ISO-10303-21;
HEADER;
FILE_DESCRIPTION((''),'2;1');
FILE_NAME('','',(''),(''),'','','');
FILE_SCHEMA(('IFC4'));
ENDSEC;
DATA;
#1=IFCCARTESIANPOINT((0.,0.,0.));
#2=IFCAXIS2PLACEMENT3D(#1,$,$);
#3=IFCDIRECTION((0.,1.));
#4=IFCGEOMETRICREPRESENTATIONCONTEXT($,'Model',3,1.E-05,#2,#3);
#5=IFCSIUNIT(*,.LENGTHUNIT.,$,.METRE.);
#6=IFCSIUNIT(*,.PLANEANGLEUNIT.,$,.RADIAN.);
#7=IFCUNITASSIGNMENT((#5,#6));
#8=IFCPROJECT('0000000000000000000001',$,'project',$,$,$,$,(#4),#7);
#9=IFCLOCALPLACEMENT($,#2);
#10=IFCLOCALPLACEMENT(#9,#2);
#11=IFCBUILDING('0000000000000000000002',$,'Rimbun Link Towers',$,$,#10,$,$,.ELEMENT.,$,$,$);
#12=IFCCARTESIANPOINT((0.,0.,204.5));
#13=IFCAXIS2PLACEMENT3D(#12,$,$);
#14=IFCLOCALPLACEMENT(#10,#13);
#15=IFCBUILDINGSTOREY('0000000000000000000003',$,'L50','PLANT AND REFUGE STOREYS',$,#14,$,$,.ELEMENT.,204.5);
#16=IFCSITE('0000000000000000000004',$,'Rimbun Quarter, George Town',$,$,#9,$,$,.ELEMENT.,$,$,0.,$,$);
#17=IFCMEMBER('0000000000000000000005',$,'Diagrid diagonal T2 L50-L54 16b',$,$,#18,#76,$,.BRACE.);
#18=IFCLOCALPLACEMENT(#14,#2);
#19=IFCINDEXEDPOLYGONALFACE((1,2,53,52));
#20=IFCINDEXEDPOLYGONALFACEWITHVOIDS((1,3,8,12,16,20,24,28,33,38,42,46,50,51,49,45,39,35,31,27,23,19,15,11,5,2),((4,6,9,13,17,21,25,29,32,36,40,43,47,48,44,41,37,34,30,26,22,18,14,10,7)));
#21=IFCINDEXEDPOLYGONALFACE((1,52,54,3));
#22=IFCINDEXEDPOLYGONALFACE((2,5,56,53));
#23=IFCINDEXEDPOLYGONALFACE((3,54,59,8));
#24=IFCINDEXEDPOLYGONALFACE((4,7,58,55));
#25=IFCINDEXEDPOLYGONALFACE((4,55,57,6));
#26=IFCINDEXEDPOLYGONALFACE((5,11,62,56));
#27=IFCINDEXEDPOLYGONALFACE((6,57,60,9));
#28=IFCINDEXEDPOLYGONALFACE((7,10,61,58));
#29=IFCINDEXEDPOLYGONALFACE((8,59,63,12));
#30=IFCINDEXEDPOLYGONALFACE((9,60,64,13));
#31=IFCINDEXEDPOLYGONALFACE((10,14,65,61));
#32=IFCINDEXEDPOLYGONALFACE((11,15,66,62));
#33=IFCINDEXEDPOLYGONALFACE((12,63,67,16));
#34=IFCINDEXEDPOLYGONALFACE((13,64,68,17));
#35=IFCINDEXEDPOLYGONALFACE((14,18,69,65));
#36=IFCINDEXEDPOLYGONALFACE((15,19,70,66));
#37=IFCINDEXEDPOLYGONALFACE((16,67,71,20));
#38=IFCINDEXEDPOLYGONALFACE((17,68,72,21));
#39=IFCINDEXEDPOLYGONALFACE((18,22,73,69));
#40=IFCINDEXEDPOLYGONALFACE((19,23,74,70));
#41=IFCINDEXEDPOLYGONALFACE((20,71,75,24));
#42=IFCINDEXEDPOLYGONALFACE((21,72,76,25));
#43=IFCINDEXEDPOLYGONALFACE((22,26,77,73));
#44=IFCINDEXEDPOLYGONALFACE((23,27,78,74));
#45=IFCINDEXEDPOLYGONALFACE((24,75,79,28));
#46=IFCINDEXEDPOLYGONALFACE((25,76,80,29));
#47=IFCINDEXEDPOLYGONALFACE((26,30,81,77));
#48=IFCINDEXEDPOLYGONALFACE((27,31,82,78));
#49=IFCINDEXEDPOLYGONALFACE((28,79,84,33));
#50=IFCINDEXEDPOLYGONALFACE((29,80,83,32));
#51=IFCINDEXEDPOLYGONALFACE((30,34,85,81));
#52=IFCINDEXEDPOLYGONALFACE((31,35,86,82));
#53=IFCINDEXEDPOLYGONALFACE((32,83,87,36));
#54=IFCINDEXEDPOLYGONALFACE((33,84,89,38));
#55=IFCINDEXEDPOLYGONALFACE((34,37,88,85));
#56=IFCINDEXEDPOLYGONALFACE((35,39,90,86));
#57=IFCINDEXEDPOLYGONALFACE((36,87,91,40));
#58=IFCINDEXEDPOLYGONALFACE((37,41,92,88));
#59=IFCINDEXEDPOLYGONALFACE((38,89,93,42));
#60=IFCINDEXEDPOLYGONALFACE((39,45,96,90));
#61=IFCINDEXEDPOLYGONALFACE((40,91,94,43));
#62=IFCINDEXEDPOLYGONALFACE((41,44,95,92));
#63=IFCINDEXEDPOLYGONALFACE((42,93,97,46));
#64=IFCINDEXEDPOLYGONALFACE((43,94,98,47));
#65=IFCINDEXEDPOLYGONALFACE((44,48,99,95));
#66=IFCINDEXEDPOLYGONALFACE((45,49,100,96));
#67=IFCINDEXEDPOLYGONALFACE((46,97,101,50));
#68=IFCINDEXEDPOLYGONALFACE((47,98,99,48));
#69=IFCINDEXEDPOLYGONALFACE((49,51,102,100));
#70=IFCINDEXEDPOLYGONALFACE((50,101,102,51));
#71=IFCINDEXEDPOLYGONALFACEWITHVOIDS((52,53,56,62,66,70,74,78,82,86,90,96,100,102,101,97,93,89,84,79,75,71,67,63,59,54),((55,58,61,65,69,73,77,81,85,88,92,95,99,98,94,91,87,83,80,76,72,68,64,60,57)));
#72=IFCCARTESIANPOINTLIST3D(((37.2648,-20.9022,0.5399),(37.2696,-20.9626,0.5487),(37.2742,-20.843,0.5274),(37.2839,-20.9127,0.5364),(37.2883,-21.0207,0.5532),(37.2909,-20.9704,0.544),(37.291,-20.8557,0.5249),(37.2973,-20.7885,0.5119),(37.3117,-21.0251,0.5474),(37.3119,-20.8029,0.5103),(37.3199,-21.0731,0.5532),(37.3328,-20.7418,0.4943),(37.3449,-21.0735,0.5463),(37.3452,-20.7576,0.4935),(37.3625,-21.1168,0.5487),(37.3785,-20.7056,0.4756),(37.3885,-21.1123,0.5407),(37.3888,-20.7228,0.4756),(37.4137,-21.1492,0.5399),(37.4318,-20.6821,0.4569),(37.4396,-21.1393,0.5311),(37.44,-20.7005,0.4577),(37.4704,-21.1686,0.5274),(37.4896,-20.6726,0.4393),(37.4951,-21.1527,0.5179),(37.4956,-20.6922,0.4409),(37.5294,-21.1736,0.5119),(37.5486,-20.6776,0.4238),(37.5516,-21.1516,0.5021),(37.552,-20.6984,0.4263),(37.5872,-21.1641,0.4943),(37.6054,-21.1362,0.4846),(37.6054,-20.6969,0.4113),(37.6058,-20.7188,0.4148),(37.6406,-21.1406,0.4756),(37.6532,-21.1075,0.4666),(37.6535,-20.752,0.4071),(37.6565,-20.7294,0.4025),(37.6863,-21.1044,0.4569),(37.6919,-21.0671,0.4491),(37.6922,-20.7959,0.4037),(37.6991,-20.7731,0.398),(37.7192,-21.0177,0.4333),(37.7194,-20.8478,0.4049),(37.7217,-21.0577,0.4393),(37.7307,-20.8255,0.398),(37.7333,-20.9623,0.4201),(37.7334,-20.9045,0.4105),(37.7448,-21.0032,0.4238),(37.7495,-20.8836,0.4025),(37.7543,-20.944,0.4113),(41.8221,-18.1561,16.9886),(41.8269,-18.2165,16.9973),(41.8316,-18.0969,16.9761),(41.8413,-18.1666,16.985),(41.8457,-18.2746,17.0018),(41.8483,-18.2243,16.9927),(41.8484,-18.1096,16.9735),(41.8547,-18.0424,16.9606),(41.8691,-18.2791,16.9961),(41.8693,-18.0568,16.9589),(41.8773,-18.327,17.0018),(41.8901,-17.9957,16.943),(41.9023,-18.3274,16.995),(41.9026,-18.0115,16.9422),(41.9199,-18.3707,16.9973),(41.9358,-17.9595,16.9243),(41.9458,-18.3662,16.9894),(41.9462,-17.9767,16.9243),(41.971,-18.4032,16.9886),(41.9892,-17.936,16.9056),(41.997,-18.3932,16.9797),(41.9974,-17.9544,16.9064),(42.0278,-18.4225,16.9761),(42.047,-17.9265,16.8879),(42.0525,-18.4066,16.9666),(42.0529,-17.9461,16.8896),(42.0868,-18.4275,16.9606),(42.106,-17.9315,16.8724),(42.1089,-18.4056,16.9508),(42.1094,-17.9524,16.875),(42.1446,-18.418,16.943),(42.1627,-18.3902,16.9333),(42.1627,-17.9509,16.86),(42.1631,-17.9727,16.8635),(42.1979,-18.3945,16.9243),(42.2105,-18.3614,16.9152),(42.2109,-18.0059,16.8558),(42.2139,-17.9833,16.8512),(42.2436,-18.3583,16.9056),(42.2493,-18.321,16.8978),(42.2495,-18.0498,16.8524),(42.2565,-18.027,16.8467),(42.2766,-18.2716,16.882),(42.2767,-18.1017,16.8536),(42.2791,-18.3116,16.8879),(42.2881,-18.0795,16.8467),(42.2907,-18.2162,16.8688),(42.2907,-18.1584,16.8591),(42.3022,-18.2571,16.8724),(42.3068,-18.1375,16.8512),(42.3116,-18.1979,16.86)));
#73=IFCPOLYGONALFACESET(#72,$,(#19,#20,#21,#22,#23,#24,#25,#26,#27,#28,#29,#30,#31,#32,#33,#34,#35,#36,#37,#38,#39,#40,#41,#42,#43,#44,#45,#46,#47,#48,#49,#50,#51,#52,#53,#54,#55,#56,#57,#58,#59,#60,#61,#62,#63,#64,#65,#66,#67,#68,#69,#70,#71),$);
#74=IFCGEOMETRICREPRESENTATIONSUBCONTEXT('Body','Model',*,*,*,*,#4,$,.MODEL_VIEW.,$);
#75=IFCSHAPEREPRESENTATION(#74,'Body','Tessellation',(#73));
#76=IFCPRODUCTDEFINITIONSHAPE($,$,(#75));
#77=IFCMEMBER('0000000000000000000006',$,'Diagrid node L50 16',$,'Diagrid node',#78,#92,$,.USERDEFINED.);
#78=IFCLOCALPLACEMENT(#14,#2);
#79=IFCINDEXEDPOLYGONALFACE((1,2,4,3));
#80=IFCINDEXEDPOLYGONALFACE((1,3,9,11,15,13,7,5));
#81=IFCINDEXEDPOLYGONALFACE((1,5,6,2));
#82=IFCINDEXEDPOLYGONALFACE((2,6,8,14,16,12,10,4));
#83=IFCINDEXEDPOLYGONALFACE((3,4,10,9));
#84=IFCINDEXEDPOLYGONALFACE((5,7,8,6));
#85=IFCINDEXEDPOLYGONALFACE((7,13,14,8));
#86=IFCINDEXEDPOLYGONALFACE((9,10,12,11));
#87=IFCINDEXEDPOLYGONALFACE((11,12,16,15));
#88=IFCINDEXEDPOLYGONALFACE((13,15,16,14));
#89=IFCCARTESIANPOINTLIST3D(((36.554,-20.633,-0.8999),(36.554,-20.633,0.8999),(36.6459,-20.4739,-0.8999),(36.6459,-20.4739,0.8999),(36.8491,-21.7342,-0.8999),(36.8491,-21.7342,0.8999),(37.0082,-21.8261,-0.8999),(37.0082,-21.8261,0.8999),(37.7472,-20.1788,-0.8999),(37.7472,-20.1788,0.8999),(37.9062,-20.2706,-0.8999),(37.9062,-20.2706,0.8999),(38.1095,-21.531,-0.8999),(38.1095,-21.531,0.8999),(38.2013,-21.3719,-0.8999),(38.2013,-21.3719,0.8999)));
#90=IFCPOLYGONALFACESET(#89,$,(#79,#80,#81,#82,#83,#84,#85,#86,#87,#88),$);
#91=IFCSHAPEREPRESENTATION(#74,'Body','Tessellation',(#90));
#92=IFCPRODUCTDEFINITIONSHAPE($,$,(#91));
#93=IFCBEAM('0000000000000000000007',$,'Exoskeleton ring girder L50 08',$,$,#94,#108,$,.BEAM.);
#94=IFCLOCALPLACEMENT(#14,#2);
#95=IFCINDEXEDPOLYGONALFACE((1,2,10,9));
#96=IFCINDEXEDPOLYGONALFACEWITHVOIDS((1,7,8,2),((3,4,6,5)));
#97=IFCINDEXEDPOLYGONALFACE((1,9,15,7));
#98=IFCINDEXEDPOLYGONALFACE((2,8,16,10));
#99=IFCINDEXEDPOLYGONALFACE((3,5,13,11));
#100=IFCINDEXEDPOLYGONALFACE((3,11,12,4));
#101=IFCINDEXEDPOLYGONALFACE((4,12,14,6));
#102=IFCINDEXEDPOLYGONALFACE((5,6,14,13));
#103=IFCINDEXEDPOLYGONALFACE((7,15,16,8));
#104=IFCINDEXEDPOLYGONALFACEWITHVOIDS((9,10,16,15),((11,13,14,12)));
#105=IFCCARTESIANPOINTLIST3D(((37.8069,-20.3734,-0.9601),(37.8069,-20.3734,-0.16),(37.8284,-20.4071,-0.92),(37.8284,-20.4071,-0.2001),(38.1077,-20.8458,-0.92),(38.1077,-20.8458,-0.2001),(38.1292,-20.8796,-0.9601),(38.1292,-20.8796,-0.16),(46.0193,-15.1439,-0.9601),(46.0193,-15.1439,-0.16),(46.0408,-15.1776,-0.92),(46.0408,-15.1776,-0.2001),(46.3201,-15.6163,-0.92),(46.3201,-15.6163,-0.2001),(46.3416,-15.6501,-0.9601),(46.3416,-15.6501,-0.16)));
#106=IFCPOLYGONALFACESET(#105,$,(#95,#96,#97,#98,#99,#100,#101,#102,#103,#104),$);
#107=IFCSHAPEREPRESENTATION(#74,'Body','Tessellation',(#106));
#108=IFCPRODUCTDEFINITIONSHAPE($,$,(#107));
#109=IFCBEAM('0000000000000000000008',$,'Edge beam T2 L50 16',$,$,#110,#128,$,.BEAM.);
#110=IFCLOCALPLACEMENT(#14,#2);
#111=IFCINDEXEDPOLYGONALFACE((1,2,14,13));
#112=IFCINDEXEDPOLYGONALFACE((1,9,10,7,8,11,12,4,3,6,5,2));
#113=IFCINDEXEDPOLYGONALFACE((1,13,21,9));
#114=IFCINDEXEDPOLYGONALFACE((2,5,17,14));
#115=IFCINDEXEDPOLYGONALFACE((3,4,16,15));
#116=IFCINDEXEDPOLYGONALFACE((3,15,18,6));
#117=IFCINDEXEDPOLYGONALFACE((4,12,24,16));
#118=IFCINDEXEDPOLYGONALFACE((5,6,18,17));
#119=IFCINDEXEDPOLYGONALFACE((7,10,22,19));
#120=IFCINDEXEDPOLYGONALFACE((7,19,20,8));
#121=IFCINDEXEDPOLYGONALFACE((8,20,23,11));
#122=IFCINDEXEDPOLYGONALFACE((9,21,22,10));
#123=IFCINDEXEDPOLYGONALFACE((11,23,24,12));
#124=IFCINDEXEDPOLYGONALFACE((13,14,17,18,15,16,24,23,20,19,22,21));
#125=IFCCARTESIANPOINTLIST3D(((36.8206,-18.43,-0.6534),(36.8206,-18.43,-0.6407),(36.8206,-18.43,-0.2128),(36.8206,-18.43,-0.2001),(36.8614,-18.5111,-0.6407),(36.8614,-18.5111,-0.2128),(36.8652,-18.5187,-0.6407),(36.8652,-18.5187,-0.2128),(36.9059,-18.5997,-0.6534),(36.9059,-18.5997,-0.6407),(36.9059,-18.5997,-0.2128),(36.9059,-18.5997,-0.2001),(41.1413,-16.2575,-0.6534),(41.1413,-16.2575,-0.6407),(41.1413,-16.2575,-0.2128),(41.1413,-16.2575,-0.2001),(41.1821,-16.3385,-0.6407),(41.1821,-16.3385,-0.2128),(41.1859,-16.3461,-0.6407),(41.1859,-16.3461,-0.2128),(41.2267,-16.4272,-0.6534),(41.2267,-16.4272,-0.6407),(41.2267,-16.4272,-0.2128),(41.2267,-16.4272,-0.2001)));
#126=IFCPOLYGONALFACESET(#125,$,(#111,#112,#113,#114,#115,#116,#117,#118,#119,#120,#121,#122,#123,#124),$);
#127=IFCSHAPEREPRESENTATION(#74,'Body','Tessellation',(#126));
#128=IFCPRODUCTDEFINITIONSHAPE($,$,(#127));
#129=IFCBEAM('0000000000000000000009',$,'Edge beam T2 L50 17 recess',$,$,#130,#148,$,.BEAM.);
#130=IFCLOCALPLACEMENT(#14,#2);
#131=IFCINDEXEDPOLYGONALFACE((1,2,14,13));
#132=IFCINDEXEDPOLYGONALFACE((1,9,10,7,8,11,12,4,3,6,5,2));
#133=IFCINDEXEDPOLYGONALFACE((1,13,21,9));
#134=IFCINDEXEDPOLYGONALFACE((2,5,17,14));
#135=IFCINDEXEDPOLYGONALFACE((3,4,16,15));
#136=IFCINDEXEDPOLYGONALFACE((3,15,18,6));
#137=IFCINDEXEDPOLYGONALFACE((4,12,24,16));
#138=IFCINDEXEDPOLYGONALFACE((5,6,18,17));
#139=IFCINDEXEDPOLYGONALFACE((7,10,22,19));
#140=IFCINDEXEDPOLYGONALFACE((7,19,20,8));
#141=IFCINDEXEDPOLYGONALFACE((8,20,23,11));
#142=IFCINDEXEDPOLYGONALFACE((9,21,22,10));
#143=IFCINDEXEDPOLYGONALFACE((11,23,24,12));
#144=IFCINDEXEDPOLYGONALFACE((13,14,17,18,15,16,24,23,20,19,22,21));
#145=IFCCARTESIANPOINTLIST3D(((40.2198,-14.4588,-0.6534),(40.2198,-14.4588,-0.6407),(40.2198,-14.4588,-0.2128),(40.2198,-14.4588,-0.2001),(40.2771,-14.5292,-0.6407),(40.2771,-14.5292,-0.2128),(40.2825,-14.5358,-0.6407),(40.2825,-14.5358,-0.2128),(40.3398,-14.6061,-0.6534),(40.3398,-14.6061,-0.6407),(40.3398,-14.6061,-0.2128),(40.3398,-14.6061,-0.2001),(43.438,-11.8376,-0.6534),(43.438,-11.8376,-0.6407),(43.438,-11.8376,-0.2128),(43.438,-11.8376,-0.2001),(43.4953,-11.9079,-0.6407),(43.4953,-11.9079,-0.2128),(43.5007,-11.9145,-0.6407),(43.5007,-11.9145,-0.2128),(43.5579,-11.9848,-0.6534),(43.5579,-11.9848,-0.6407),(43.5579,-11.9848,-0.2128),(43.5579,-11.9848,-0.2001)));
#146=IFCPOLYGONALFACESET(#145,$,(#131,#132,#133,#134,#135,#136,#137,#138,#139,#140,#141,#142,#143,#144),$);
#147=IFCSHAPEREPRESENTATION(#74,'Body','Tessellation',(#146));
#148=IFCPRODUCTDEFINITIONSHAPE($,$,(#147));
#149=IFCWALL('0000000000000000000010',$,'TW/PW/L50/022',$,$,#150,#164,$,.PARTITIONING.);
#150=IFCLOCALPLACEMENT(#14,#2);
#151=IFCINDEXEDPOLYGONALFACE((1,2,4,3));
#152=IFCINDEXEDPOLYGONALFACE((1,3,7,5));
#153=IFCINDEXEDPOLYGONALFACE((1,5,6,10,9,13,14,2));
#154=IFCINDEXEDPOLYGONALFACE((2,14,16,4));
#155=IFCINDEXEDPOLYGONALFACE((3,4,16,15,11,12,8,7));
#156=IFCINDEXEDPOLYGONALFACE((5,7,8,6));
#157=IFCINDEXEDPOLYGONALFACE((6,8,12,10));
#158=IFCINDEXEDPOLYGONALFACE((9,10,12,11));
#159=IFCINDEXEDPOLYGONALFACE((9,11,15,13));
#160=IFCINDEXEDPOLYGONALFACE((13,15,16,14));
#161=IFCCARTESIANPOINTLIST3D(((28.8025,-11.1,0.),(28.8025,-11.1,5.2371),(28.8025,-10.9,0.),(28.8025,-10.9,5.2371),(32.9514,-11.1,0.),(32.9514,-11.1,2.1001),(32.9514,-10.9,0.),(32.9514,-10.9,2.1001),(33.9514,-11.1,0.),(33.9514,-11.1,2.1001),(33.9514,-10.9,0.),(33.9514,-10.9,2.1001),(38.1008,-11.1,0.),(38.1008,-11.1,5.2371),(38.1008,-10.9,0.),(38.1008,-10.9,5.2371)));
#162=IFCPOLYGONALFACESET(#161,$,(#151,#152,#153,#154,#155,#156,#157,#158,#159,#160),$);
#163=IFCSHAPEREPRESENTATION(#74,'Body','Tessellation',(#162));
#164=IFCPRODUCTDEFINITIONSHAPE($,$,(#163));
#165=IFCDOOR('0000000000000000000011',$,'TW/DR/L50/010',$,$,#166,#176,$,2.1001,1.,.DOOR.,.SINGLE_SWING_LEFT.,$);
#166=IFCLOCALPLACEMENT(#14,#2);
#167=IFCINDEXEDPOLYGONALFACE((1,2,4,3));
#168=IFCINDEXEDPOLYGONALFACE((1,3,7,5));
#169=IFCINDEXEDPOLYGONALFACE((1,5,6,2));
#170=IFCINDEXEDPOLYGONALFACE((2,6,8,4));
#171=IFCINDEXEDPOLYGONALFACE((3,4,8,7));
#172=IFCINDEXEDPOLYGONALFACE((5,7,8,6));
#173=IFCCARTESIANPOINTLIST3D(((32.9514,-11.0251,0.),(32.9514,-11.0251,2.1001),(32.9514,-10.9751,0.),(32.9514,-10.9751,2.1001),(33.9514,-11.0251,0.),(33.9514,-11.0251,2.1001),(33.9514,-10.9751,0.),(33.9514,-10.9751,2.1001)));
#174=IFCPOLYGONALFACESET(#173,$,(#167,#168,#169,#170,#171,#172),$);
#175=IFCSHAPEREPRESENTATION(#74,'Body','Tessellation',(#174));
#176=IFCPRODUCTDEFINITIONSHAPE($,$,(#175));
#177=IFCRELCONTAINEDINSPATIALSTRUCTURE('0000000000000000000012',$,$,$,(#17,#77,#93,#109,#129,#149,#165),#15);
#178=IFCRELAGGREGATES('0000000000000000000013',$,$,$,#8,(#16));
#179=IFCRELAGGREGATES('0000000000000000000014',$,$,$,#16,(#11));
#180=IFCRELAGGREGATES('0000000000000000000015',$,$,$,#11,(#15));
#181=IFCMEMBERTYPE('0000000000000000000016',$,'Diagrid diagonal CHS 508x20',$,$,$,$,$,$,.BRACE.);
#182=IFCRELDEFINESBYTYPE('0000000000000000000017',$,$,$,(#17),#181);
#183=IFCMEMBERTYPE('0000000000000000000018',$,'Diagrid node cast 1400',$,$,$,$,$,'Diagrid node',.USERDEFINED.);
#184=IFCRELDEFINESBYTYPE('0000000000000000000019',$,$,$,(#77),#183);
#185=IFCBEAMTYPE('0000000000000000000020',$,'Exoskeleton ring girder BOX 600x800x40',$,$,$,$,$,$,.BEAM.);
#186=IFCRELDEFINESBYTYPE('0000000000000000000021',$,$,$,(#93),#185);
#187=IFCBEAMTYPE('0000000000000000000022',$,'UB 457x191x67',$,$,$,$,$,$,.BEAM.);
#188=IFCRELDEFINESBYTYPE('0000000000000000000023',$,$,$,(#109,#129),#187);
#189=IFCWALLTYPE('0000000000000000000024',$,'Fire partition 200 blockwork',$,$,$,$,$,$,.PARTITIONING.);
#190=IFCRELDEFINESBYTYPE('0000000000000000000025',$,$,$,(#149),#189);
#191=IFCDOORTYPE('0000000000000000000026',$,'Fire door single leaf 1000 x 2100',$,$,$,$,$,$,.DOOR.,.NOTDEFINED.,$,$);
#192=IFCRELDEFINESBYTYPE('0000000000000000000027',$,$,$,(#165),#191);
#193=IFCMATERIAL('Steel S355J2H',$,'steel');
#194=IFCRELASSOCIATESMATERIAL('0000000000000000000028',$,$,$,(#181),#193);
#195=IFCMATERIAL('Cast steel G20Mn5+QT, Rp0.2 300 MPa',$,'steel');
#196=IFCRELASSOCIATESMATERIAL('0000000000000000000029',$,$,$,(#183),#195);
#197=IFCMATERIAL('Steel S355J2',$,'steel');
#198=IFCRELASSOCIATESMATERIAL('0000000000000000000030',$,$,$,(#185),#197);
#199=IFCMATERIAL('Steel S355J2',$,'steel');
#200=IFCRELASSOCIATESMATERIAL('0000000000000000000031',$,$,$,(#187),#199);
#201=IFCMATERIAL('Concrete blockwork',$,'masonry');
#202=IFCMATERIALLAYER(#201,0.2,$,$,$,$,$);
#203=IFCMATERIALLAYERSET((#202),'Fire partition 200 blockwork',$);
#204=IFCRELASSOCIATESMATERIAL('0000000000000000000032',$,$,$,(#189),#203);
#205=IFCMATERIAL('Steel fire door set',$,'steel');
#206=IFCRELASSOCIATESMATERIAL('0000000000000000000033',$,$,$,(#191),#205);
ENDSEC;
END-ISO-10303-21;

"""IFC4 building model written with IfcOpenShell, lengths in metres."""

from ifc_helpers import new_model, si_unit, direction, frame, frame_2d, origin, origin_2d, place, context, subcontext, project, spatial, polyline, rectangle, hollow_rectangle, hollow_circle, i_section, outline, extrude, material, layer, layer_set, material_profile, profile_set, type_object, element, fill, save


model = new_model("IFC4")

# Units and contexts
model_context = context("Model", 3, precision=1e-05, world=origin(), true_north=direction((0.0, 1.0)))
body_context = subcontext(model_context, "Body", "Model", "MODEL_VIEW")
ifc_project = project(units=[si_unit("LENGTHUNIT", "METRE"), si_unit("PLANEANGLEUNIT", "RADIAN")], contexts=[model_context])

# Site, building, storey
site_placement = place(None, origin())
site = spatial("IfcSite", under=ifc_project, at=site_placement, Name="Rimbun Quarter, George Town", CompositionType="ELEMENT", RefElevation=0.0)
building_placement = place(site_placement, origin())
building = spatial("IfcBuilding", under=site, at=building_placement, Name="Rimbun Link Towers", CompositionType="ELEMENT")
storey_placement = place(building_placement, frame((0.0, 0.0, 204.5)))
storey = spatial("IfcBuildingStorey", under=building, at=storey_placement, Name="L50", Description="PLANT AND REFUGE STOREYS", CompositionType="ELEMENT", Elevation=204.5)

# Members
ifc_material_1 = material(Name="Steel S355J2H", Category="steel")
ifc_material_profile_1 = material_profile(ifc_material_1, hollow_circle(Radius=0.2539, WallThickness=0.02, at=origin_2d()), Name="Diagrid diagonal CHS 508x20")
ifc_profile_set_1 = profile_set([ifc_material_profile_1], Name="Steel S355J2H")
member_type_1 = type_object("IfcMemberType", Name="Diagrid diagonal CHS 508x20", PredefinedType="BRACE", material=ifc_profile_set_1)
member_1_placement = place(storey_placement, frame((37.5095, -20.9231, 0.4756), z_axis=(0.263616, 0.158845, 0.951459), x_axis=(-0.516108, 0.856524, 0.0)))
element("IfcMember", 1, at=member_1_placement, inside=storey, type_object=member_type_1, Name="Diagrid diagonal T2 L50-L54 16b", PredefinedType="BRACE", context=body_context, shape_type="SweptSolid", body=[
    extrude(hollow_circle(Radius=0.2539, WallThickness=0.02, at=origin_2d()), origin(), (0.0, 0.0, 1.0), 17.2878),
])
ifc_material_2 = material(Name="Cast steel G20Mn5+QT, Rp0.2 300 MPa", Category="steel")
ifc_material_profile_2 = material_profile(ifc_material_2, outline(polyline([(0.7, -0.5701), (0.7, 0.5701), (0.5701, 0.7), (-0.5701, 0.7), (-0.7, 0.5701), (-0.7, -0.5701), (-0.5701, -0.7), (0.5701, -0.7), (0.7, -0.5701)])), Name="NODE 1400x1400")
ifc_profile_set_2 = profile_set([ifc_material_profile_2], Name="Cast steel G20Mn5+QT, Rp0.2 300 MPa")
member_type_2 = type_object("IfcMemberType", Name="Diagrid node cast 1400", ElementType="Diagrid node", PredefinedType="USERDEFINED", material=ifc_profile_set_2)
member_2_placement = place(storey_placement, frame((37.3777, -21.0024, -0.8999), z_axis=(0.0, 0.0, 1.0), x_axis=(0.258819, -0.965926, 0.0)))
element("IfcMember", 2, at=member_2_placement, inside=storey, type_object=member_type_2, Name="Diagrid node L50 16", ObjectType="Diagrid node", PredefinedType="USERDEFINED", context=body_context, shape_type="SweptSolid", body=[
    extrude(outline(polyline([(0.7, -0.5701), (0.7, 0.5701), (0.5701, 0.7), (-0.5701, 0.7), (-0.7, 0.5701), (-0.7, -0.5701), (-0.5701, -0.7), (0.5701, -0.7), (0.7, -0.5701)])), origin(), (0.0, 0.0, 1.0), 1.7998),
])

# Beams
ifc_material_3 = material(Name="Steel S355J2", Category="steel")
ifc_material_profile_3 = material_profile(ifc_material_3, hollow_rectangle(XDim=0.6001, YDim=0.8, WallThickness=0.04, at=origin_2d()), Name="Exoskeleton ring girder BOX 600x800x40")
ifc_profile_set_3 = profile_set([ifc_material_profile_3], Name="Steel S355J2")
beam_type_1 = type_object("IfcBeamType", Name="Exoskeleton ring girder BOX 600x800x40", PredefinedType="BEAM", material=ifc_profile_set_3)
beam_1_placement = place(storey_placement, frame((37.968, -20.6265, -0.5601), z_axis=(0.843502, 0.537125, 0.0), x_axis=(-0.537125, 0.843502, 0.0)))
element("IfcBeam", 3, at=beam_1_placement, inside=storey, type_object=beam_type_1, Name="Exoskeleton ring girder L50 08", PredefinedType="BEAM", context=body_context, shape_type="SweptSolid", body=[
    extrude(hollow_rectangle(XDim=0.6001, YDim=0.8, WallThickness=0.04, at=origin_2d()), origin(), (0.0, 0.0, 1.0), 9.7361),
])
ifc_material_4 = material(Name="Steel S355J2", Category="steel")
ifc_material_profile_4 = material_profile(ifc_material_4, i_section(OverallWidth=0.1899, OverallDepth=0.4534, WebThickness=0.0085, FlangeThickness=0.0127, at=origin_2d()), Name="UB 457x191x67")
ifc_profile_set_4 = profile_set([ifc_material_profile_4], Name="Steel S355J2")
beam_type_2 = type_object("IfcBeamType", Name="UB 457x191x67", PredefinedType="BEAM", material=ifc_profile_set_4)
beam_2_placement = place(storey_placement, frame((36.8633, -18.5149, -0.4268), z_axis=(0.893415, 0.449232, 0.0), x_axis=(-0.449232, 0.893415, 0.0)))
element("IfcBeam", 4, at=beam_2_placement, inside=storey, type_object=beam_type_2, Name="Edge beam T2 L50 16", PredefinedType="BEAM", context=body_context, shape_type="SweptSolid", body=[
    extrude(i_section(OverallWidth=0.1899, OverallDepth=0.4534, WebThickness=0.0085, FlangeThickness=0.0127, at=origin_2d()), origin(), (0.0, 0.0, 1.0), 4.8362),
])
beam_3_placement = place(storey_placement, frame((40.2798, -14.5325, -0.4268), z_axis=(0.775347, 0.631535, 0.0), x_axis=(-0.631535, 0.775347, 0.0)))
element("IfcBeam", 5, at=beam_3_placement, inside=storey, type_object=beam_type_2, Name="Edge beam T2 L50 17 recess", PredefinedType="BEAM", context=body_context, shape_type="SweptSolid", body=[
    extrude(i_section(OverallWidth=0.1899, OverallDepth=0.4534, WebThickness=0.0085, FlangeThickness=0.0127, at=origin_2d()), origin(), (0.0, 0.0, 1.0), 4.1506),
])

# Wall, opening, door
ifc_material_5 = material(Name="Concrete blockwork", Category="masonry")
ifc_layer = layer(ifc_material_5, 0.2)
ifc_layer_set = layer_set([ifc_layer], Name="Fire partition 200 blockwork")
wall_type = type_object("IfcWallType", Name="Fire partition 200 blockwork", PredefinedType="PARTITIONING", material=ifc_layer_set)
wall_1_placement = place(storey_placement, frame((28.8025, -11.0, 0.0), z_axis=(0.0, 0.0, 1.0), x_axis=(1.0, 0.0, 0.0)))
wall_1 = element("IfcWall", 6, at=wall_1_placement, inside=storey, type_object=wall_type, Name="TW/PW/L50/022", PredefinedType="PARTITIONING", context=body_context, shape_type="SweptSolid", body=[
    extrude(rectangle(XDim=9.2983, YDim=0.2, at=frame_2d((4.6492, 0.0))), origin(), (0.0, 0.0, 1.0), 5.2371),
])
opening_placement = place(wall_1_placement, frame((4.1489, 0.0, 0.0)))
opening = element("IfcOpeningElement", 7, at=opening_placement, cuts=wall_1, PredefinedType="OPENING", context=body_context, shape_type="SweptSolid", body=[
    extrude(rectangle(XDim=1.0, YDim=2.1001, at=frame_2d((0.5, 1.05))), frame((0.0, 0.1099, 0.0), z_axis=(0.0, -1.0, 0.0), x_axis=(1.0, 0.0, 0.0)), (0.0, 0.0, 1.0), 0.22),
])
ifc_material_6 = material(Name="Steel fire door set", Category="steel")
door_type = type_object("IfcDoorType", Name="Fire door single leaf 1000 x 2100", OperationType="NOTDEFINED", PredefinedType="DOOR", material=ifc_material_6)
door_placement = place(opening_placement, origin())
door = element("IfcDoor", 8, at=door_placement, inside=storey, type_object=door_type, Name="TW/DR/L50/010", OperationType="SINGLE_SWING_LEFT", OverallHeight=2.1001, OverallWidth=1.0, PredefinedType="DOOR", context=body_context, shape_type="SweptSolid", body=[
    extrude(rectangle(XDim=1.0, YDim=2.1001, at=frame_2d((0.5, 1.05))), frame((0.0, 0.0249, 0.0), z_axis=(0.0, -1.0, 0.0), x_axis=(1.0, 0.0, 0.0)), (0.0, 0.0, 1.0), 0.05),
])
fill(opening, door)

save(model, "model.ifc")
